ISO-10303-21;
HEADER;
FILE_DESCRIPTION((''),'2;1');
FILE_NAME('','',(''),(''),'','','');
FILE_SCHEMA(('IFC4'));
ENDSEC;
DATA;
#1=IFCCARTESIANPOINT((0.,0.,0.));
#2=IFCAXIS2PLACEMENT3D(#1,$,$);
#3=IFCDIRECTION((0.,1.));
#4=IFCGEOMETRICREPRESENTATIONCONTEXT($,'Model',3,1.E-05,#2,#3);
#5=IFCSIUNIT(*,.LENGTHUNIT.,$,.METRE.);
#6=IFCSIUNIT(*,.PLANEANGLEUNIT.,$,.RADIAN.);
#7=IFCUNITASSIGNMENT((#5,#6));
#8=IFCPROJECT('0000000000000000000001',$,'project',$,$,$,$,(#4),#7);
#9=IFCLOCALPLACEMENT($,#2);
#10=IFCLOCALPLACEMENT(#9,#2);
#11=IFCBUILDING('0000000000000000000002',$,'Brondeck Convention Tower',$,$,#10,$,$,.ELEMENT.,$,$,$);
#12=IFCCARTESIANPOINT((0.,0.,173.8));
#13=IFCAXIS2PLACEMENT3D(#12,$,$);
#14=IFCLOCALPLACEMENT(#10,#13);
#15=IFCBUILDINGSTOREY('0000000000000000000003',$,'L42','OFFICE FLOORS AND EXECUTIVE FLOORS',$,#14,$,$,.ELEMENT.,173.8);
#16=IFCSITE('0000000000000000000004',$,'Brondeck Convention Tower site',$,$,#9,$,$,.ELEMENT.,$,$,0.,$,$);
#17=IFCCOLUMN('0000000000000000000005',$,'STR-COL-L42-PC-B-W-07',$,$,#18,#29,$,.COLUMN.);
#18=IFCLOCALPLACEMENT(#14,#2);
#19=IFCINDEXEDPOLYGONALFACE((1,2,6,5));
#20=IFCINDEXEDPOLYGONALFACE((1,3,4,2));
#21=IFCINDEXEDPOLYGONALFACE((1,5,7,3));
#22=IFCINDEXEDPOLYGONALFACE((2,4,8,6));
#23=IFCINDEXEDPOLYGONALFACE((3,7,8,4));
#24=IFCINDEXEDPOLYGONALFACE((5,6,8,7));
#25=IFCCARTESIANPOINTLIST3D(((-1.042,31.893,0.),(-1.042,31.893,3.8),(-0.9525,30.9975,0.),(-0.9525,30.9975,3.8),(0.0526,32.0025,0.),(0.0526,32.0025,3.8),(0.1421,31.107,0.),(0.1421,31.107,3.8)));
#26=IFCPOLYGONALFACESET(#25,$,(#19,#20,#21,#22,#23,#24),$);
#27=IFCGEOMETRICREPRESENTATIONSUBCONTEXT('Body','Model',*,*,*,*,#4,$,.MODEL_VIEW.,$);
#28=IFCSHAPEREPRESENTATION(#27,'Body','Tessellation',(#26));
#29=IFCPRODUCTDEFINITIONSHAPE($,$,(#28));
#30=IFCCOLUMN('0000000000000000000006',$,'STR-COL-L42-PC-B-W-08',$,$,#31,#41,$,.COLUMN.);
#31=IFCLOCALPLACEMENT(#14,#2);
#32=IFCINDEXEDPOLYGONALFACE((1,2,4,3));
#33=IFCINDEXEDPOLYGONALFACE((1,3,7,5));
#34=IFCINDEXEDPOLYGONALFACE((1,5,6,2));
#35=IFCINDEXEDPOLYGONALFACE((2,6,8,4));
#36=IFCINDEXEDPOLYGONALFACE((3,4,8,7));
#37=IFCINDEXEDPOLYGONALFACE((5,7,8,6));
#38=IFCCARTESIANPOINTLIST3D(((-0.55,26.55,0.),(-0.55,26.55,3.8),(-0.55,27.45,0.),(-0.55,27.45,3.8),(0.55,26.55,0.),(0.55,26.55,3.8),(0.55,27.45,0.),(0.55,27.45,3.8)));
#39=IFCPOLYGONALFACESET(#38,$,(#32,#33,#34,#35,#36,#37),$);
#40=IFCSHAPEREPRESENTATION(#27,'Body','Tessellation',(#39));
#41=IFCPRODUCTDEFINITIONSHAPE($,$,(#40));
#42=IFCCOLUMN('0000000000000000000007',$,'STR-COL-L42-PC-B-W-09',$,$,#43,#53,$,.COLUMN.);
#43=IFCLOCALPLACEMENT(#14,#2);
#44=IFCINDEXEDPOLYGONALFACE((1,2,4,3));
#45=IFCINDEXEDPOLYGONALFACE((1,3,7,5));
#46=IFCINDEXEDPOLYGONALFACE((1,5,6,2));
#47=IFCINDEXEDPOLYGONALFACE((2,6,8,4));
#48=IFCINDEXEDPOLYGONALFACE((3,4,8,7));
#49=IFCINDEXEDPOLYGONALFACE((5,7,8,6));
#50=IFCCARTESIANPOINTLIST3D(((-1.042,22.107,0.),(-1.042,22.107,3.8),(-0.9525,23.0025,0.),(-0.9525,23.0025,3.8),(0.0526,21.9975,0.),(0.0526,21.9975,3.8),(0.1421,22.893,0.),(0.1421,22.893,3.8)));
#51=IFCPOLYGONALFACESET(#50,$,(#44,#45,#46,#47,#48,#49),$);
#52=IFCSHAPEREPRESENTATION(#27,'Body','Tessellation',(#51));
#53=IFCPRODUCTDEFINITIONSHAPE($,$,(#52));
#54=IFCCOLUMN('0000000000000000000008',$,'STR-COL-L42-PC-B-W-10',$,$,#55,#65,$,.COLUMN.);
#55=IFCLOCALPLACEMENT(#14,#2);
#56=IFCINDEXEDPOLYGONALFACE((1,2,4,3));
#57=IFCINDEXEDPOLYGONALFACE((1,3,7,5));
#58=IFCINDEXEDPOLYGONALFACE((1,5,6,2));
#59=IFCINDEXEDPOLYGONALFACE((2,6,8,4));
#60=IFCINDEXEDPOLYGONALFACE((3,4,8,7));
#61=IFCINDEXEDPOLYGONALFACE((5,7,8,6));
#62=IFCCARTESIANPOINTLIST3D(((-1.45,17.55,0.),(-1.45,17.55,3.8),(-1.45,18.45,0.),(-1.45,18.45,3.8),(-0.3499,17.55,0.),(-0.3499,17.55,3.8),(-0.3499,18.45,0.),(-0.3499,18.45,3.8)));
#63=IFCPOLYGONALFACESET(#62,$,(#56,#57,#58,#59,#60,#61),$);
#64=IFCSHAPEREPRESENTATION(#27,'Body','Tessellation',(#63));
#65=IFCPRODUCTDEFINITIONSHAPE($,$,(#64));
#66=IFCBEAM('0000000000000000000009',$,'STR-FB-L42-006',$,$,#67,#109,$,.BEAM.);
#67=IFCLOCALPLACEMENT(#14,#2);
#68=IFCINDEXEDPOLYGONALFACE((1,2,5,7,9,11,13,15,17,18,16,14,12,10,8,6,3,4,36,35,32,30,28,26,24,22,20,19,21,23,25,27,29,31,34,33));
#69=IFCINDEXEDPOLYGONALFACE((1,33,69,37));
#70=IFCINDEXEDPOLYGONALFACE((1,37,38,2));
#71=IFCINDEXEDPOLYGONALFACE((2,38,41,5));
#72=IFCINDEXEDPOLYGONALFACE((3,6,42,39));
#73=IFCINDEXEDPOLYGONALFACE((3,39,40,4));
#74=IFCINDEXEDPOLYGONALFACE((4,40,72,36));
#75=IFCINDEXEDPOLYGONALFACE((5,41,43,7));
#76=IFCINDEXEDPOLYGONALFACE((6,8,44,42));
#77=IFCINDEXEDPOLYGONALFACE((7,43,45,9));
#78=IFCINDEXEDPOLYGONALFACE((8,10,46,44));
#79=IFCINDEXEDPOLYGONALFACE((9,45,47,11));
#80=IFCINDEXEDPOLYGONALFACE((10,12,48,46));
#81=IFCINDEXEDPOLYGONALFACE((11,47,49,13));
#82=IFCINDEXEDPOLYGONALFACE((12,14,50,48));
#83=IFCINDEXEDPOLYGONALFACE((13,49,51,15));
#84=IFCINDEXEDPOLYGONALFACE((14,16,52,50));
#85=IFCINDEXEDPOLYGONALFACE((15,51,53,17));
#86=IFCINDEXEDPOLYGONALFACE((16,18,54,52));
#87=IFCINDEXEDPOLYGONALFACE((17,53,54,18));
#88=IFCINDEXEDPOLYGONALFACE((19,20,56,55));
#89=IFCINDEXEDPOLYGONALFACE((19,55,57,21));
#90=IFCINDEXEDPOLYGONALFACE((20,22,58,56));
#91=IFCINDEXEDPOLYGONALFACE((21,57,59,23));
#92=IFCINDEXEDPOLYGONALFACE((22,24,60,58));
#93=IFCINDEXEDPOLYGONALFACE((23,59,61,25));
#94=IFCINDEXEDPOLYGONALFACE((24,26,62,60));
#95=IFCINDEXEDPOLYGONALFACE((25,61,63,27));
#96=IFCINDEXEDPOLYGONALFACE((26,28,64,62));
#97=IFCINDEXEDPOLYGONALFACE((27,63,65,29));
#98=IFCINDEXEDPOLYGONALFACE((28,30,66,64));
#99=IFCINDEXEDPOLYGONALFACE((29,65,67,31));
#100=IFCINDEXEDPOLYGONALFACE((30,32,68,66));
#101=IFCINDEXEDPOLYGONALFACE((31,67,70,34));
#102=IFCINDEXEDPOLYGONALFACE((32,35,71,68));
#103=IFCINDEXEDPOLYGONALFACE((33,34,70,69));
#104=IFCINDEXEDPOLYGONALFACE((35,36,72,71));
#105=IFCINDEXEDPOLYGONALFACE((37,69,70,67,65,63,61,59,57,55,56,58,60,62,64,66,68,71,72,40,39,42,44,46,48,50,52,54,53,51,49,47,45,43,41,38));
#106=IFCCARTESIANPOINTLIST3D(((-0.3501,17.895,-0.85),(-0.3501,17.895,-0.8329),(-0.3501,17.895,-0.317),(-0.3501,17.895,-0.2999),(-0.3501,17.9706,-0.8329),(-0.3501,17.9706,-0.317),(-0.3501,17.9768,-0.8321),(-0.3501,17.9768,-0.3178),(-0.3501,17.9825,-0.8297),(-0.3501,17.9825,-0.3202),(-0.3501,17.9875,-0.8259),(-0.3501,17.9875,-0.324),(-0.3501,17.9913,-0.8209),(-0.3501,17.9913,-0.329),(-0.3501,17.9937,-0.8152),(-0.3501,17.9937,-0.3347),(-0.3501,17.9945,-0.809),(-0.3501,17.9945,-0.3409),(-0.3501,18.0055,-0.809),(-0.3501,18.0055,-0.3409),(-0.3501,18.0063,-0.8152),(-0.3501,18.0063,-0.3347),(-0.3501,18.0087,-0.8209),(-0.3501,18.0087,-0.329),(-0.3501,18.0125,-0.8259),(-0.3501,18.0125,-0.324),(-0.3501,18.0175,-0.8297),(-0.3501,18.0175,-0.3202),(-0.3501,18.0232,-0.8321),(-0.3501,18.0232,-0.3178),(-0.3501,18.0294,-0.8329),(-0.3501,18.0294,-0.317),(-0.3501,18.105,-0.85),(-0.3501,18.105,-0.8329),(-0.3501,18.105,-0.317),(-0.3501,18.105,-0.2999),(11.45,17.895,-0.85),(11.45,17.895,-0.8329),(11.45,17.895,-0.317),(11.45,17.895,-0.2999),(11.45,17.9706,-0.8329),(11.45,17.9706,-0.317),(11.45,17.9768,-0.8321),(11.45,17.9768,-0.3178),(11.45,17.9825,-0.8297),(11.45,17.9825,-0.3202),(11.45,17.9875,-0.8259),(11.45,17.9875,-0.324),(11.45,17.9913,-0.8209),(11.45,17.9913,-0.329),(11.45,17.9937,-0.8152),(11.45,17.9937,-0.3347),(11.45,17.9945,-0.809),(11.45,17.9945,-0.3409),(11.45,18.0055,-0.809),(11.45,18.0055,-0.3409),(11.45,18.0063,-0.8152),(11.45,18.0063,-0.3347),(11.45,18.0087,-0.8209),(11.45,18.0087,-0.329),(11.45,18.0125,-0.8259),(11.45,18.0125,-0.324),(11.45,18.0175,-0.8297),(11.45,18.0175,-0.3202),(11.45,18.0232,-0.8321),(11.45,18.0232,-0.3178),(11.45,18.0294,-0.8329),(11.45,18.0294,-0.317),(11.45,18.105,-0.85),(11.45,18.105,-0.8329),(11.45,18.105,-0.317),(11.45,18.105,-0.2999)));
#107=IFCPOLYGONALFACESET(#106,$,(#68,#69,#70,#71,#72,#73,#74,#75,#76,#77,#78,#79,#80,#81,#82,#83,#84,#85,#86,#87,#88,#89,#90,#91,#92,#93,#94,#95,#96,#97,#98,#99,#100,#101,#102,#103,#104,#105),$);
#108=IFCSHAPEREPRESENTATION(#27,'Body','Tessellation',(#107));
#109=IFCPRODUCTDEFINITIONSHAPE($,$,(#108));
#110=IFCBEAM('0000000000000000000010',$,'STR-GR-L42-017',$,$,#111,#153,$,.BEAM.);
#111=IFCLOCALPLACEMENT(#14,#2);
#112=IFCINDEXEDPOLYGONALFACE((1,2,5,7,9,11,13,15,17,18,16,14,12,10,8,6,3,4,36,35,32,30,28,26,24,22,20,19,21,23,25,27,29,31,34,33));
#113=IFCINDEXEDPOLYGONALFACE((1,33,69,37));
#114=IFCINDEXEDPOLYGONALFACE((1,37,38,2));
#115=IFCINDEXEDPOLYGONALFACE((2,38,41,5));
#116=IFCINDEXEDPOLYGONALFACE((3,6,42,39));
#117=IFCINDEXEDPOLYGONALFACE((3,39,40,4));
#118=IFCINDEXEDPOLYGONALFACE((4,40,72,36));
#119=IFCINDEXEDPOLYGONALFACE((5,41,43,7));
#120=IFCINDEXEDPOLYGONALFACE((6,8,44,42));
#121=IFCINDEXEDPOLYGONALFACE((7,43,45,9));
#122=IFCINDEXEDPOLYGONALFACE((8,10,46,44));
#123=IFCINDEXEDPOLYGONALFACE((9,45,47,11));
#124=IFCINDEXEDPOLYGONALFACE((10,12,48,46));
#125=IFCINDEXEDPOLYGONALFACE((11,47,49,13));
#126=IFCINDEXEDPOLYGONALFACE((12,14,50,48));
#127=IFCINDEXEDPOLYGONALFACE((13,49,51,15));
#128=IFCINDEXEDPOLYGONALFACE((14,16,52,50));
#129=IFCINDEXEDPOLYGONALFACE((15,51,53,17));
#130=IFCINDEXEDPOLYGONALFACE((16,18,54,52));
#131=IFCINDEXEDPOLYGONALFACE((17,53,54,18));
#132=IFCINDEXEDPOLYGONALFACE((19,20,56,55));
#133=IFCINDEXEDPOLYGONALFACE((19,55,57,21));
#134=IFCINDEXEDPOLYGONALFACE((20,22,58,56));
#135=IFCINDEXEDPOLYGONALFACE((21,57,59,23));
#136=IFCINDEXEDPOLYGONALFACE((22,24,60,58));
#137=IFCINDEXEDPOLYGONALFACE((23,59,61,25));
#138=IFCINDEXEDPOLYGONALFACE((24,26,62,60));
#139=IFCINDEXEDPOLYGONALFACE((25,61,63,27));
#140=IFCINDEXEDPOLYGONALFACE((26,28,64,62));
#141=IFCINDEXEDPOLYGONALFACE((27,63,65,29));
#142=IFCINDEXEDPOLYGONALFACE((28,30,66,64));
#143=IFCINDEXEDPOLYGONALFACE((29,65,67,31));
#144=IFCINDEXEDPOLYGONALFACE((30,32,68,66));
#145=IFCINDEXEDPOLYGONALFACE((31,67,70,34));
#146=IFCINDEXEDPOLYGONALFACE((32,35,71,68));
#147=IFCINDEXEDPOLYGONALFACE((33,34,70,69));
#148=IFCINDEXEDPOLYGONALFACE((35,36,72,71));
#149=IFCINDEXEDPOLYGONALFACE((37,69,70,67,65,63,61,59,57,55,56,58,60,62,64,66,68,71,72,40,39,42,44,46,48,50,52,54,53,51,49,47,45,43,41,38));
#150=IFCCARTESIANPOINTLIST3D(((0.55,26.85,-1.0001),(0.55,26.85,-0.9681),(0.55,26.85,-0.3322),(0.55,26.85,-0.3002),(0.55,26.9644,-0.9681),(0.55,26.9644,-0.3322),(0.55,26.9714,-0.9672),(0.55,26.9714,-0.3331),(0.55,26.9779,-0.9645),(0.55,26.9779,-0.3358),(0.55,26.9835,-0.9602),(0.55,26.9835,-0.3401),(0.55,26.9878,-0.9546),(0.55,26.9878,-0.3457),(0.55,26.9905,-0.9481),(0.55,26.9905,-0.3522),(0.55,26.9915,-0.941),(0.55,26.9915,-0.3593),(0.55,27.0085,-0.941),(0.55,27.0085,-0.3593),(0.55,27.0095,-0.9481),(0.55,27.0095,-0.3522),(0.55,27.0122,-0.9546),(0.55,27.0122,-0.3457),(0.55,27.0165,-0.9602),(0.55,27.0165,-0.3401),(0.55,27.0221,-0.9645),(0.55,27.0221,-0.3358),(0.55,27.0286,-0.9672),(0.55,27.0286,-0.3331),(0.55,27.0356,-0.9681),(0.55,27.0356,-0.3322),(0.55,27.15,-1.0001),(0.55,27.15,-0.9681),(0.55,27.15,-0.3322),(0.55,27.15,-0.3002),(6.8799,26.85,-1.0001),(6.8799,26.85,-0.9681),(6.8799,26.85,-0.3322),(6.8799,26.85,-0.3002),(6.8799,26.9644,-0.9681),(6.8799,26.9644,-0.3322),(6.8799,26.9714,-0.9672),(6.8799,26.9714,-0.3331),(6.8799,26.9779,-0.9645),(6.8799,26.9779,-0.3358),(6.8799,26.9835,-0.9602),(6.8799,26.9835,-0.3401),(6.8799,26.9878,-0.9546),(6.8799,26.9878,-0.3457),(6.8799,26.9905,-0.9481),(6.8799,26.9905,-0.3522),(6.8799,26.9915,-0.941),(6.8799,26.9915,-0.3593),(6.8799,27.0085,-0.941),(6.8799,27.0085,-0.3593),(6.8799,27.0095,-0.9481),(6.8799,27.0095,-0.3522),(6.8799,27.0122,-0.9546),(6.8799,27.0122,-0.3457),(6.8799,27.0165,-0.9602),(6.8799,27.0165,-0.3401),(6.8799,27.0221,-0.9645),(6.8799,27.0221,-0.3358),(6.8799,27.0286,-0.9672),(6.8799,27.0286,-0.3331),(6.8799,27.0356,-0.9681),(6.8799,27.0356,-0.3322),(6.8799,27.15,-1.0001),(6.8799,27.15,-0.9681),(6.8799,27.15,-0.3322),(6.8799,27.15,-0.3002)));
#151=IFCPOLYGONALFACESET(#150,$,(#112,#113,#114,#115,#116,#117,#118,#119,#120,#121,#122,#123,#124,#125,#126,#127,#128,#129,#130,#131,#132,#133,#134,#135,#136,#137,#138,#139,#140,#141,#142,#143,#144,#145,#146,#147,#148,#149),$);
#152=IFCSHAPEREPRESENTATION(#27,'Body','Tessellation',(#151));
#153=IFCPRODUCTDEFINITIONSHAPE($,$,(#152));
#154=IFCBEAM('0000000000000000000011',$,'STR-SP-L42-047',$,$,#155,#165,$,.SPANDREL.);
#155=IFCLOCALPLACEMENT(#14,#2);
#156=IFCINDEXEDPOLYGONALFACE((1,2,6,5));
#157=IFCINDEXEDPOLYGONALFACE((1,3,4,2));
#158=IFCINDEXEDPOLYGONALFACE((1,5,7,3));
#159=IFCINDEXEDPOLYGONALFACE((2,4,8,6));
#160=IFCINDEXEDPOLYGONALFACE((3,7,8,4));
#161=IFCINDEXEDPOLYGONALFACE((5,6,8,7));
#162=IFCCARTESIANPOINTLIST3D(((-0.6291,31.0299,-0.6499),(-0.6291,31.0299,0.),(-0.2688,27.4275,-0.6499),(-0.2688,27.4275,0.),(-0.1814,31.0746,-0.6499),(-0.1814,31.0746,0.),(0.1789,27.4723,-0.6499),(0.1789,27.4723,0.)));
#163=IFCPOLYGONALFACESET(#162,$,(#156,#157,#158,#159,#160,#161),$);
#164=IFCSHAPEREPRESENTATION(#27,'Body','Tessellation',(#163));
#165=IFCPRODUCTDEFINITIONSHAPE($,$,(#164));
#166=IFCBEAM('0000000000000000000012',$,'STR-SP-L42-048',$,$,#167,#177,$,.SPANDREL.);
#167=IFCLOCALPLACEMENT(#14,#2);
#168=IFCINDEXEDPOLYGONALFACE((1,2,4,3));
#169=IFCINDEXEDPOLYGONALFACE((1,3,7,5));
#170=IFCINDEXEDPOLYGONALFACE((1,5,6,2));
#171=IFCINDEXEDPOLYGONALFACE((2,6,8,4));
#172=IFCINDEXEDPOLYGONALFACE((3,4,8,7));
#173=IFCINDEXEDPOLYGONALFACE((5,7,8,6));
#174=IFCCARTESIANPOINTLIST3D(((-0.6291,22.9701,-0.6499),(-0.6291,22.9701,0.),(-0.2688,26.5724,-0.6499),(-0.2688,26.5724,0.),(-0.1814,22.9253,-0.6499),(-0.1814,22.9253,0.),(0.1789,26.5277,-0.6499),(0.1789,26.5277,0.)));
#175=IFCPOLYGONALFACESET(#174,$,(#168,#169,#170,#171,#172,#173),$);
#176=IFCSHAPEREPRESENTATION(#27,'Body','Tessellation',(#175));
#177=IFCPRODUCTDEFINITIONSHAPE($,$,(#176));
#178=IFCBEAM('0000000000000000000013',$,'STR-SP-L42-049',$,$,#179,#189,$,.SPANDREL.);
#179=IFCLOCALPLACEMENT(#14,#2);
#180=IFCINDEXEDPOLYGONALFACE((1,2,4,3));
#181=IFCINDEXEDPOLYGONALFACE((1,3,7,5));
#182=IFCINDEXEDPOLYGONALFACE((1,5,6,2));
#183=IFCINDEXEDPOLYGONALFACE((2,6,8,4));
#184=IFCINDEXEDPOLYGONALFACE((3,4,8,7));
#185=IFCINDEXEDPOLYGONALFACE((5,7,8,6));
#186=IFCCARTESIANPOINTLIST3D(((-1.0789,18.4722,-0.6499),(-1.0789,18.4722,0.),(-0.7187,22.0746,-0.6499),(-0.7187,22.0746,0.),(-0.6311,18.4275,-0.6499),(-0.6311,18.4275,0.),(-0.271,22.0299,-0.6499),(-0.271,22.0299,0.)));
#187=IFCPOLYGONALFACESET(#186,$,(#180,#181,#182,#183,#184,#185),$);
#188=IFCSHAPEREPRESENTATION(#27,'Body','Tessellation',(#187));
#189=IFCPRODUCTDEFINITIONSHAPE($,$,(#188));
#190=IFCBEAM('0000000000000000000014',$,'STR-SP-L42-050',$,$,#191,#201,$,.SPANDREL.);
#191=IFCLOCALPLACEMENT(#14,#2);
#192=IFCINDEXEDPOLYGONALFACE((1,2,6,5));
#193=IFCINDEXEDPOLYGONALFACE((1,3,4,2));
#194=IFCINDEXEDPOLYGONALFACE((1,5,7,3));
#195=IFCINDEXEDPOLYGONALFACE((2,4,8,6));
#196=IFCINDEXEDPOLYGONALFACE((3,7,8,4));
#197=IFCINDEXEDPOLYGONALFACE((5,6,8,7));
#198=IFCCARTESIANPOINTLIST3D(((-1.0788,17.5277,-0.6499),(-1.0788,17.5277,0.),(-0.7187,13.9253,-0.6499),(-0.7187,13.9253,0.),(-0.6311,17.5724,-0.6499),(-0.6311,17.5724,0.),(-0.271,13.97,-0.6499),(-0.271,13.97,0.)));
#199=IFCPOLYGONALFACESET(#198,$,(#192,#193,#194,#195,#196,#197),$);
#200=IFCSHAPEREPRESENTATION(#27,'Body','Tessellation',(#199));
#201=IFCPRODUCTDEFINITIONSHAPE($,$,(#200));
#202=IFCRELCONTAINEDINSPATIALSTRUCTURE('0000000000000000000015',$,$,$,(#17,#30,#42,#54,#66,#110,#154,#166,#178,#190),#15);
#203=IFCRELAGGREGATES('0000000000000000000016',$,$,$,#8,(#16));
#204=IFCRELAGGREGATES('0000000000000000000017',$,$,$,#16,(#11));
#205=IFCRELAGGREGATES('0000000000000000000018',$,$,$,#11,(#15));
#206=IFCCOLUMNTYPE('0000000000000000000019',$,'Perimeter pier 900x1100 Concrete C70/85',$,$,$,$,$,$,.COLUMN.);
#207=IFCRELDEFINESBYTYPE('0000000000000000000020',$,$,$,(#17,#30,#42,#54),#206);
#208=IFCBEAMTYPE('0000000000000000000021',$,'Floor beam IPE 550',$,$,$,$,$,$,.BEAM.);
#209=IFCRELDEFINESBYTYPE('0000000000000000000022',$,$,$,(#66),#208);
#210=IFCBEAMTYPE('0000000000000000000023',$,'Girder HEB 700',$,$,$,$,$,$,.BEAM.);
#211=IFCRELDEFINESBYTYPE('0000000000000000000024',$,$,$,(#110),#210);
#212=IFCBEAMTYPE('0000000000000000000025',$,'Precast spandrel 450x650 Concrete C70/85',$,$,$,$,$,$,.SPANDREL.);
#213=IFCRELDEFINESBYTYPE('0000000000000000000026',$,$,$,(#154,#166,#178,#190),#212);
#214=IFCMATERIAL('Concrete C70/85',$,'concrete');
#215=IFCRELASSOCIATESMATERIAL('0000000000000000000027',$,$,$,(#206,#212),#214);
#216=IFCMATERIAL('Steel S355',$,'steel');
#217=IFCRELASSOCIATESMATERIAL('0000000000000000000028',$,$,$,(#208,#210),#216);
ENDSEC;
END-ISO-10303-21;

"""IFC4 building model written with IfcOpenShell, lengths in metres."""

from ifc_helpers import new_model, si_unit, direction, frame, origin, origin_2d, place, context, subcontext, project, spatial, rectangle, i_section, extrude, material, material_profile, profile_set, type_object, element, save


model = new_model("IFC4")

# Units and contexts
model_context = context("Model", 3, precision=1e-05, world=origin(), true_north=direction((0.0, 1.0)))
body_context = subcontext(model_context, "Body", "Model", "MODEL_VIEW")
ifc_project = project(units=[si_unit("LENGTHUNIT", "METRE"), si_unit("PLANEANGLEUNIT", "RADIAN")], contexts=[model_context])

# Site, building, storey
site_placement = place(None, origin())
site = spatial("IfcSite", under=ifc_project, at=site_placement, Name="Brondeck Convention Tower site", CompositionType="ELEMENT", RefElevation=0.0)
building_placement = place(site_placement, origin())
building = spatial("IfcBuilding", under=site, at=building_placement, Name="Brondeck Convention Tower", CompositionType="ELEMENT")
storey_placement = place(building_placement, frame((0.0, 0.0, 173.8)))
storey = spatial("IfcBuildingStorey", under=building, at=storey_placement, Name="L42", Description="OFFICE FLOORS AND EXECUTIVE FLOORS", CompositionType="ELEMENT", Elevation=173.8)

# Columns
ifc_material_1 = material(Name="Concrete C70/85", Category="concrete")
ifc_material_profile_1 = material_profile(ifc_material_1, rectangle(XDim=0.8999, YDim=1.1001, at=origin_2d()), Name="Perimeter pier 900x1100 Concrete C70/85")
ifc_profile_set_1 = profile_set([ifc_material_profile_1], Name="Concrete C70/85")
column_type = type_object("IfcColumnType", Name="Perimeter pier 900x1100 Concrete C70/85", PredefinedType="COLUMN", material=ifc_profile_set_1)
for number, where, z_axis, x_axis, name in (
    (1, (-0.45, 31.5, 0.0), (0.0, 0.0, 1.0), (0.099504, -0.995037, 0.0), "STR-COL-L42-PC-B-W-07"),
    (2, (0.0, 27.0, 0.0), (0.0, 0.0, 1.0), (0.0, -1.0, 0.0), "STR-COL-L42-PC-B-W-08"),
    (3, (-0.45, 22.5, 0.0), (0.0, 0.0, 1.0), (-0.099504, -0.995037, 0.0), "STR-COL-L42-PC-B-W-09"),
    (4, (-0.8999, 18.0, 0.0), (0.0, 0.0, 1.0), (0.0, -1.0, 0.0), "STR-COL-L42-PC-B-W-10"),
):
    element("IfcColumn", number, at=place(storey_placement, frame(where, z_axis=z_axis, x_axis=x_axis)), inside=storey, type_object=column_type, Name=name, PredefinedType="COLUMN", context=body_context, shape_type="SweptSolid", body=[
        extrude(rectangle(XDim=0.8999, YDim=1.1001, at=origin_2d()), origin(), (0.0, 0.0, 1.0), 3.8),
    ])

# Beams
ifc_material_2 = material(Name="Steel S355", Category="steel")
ifc_material_profile_2 = material_profile(ifc_material_2, i_section(OverallWidth=0.21, OverallDepth=0.55, WebThickness=0.011, FlangeThickness=0.0171, FilletRadius=0.0239, at=origin_2d()), Name="IPE 550")
ifc_profile_set_2 = profile_set([ifc_material_profile_2], Name="Steel S355")
beam_type_1 = type_object("IfcBeamType", Name="Floor beam IPE 550", PredefinedType="BEAM", material=ifc_profile_set_2)
beam_1_placement = place(storey_placement, frame((-0.3501, 18.0, -0.575), z_axis=(1.0, 0.0, 0.0), x_axis=(0.0, 1.0, 0.0)))
element("IfcBeam", 5, at=beam_1_placement, inside=storey, type_object=beam_type_1, Name="STR-FB-L42-006", PredefinedType="BEAM", context=body_context, shape_type="SweptSolid", body=[
    extrude(i_section(OverallWidth=0.21, OverallDepth=0.55, WebThickness=0.011, FlangeThickness=0.0171, FilletRadius=0.0239, at=origin_2d()), origin(), (0.0, 0.0, 1.0), 11.8),
])
ifc_material_profile_3 = material_profile(ifc_material_2, i_section(OverallWidth=0.3, OverallDepth=0.7, WebThickness=0.0171, FlangeThickness=0.032, FilletRadius=0.0271, at=origin_2d()), Name="HEB 700")
ifc_profile_set_3 = profile_set([ifc_material_profile_3], Name="Steel S355")
beam_type_2 = type_object("IfcBeamType", Name="Girder HEB 700", PredefinedType="BEAM", material=ifc_profile_set_3)
beam_2_placement = place(storey_placement, frame((0.55, 27.0, -0.6501), z_axis=(1.0, 0.0, 0.0), x_axis=(0.0, 1.0, 0.0)))
element("IfcBeam", 6, at=beam_2_placement, inside=storey, type_object=beam_type_2, Name="STR-GR-L42-017", PredefinedType="BEAM", context=body_context, shape_type="SweptSolid", body=[
    extrude(i_section(OverallWidth=0.3, OverallDepth=0.7, WebThickness=0.0171, FlangeThickness=0.032, FilletRadius=0.0271, at=origin_2d()), origin(), (0.0, 0.0, 1.0), 6.3298),
])
ifc_material_profile_4 = material_profile(ifc_material_1, rectangle(XDim=0.45, YDim=0.6499, at=origin_2d()), Name="Precast spandrel 450x650 Concrete C70/85")
ifc_profile_set_4 = profile_set([ifc_material_profile_4], Name="Concrete C70/85")
beam_type_3 = type_object("IfcBeamType", Name="Precast spandrel 450x650 Concrete C70/85", PredefinedType="SPANDREL", material=ifc_profile_set_4)
for number, where, z_axis, x_axis, name in (
    (7, (-0.4053, 31.0522, -0.325), (0.099537, -0.995034, 0.0), (0.995034, 0.099537, 0.0), "STR-SP-L42-047"),
    (8, (-0.0449, 26.55, -0.325), (-0.099537, -0.995034, 0.0), (0.995034, -0.099537, 0.0), "STR-SP-L42-048"),
    (9, (-0.4949, 22.0522, -0.325), (-0.09947, -0.995041, 0.0), (0.995041, -0.09947, 0.0), "STR-SP-L42-049"),
    (10, (-0.855, 17.55, -0.325), (0.09947, -0.995041, 0.0), (0.995041, 0.09947, 0.0), "STR-SP-L42-050"),
):
    element("IfcBeam", number, at=place(storey_placement, frame(where, z_axis=z_axis, x_axis=x_axis)), inside=storey, type_object=beam_type_3, Name=name, PredefinedType="SPANDREL", context=body_context, shape_type="SweptSolid", body=[
        extrude(rectangle(XDim=0.45, YDim=0.6499, at=origin_2d()), origin(), (0.0, 0.0, 1.0), 3.6204),
    ])

save(model, "model.ifc")
